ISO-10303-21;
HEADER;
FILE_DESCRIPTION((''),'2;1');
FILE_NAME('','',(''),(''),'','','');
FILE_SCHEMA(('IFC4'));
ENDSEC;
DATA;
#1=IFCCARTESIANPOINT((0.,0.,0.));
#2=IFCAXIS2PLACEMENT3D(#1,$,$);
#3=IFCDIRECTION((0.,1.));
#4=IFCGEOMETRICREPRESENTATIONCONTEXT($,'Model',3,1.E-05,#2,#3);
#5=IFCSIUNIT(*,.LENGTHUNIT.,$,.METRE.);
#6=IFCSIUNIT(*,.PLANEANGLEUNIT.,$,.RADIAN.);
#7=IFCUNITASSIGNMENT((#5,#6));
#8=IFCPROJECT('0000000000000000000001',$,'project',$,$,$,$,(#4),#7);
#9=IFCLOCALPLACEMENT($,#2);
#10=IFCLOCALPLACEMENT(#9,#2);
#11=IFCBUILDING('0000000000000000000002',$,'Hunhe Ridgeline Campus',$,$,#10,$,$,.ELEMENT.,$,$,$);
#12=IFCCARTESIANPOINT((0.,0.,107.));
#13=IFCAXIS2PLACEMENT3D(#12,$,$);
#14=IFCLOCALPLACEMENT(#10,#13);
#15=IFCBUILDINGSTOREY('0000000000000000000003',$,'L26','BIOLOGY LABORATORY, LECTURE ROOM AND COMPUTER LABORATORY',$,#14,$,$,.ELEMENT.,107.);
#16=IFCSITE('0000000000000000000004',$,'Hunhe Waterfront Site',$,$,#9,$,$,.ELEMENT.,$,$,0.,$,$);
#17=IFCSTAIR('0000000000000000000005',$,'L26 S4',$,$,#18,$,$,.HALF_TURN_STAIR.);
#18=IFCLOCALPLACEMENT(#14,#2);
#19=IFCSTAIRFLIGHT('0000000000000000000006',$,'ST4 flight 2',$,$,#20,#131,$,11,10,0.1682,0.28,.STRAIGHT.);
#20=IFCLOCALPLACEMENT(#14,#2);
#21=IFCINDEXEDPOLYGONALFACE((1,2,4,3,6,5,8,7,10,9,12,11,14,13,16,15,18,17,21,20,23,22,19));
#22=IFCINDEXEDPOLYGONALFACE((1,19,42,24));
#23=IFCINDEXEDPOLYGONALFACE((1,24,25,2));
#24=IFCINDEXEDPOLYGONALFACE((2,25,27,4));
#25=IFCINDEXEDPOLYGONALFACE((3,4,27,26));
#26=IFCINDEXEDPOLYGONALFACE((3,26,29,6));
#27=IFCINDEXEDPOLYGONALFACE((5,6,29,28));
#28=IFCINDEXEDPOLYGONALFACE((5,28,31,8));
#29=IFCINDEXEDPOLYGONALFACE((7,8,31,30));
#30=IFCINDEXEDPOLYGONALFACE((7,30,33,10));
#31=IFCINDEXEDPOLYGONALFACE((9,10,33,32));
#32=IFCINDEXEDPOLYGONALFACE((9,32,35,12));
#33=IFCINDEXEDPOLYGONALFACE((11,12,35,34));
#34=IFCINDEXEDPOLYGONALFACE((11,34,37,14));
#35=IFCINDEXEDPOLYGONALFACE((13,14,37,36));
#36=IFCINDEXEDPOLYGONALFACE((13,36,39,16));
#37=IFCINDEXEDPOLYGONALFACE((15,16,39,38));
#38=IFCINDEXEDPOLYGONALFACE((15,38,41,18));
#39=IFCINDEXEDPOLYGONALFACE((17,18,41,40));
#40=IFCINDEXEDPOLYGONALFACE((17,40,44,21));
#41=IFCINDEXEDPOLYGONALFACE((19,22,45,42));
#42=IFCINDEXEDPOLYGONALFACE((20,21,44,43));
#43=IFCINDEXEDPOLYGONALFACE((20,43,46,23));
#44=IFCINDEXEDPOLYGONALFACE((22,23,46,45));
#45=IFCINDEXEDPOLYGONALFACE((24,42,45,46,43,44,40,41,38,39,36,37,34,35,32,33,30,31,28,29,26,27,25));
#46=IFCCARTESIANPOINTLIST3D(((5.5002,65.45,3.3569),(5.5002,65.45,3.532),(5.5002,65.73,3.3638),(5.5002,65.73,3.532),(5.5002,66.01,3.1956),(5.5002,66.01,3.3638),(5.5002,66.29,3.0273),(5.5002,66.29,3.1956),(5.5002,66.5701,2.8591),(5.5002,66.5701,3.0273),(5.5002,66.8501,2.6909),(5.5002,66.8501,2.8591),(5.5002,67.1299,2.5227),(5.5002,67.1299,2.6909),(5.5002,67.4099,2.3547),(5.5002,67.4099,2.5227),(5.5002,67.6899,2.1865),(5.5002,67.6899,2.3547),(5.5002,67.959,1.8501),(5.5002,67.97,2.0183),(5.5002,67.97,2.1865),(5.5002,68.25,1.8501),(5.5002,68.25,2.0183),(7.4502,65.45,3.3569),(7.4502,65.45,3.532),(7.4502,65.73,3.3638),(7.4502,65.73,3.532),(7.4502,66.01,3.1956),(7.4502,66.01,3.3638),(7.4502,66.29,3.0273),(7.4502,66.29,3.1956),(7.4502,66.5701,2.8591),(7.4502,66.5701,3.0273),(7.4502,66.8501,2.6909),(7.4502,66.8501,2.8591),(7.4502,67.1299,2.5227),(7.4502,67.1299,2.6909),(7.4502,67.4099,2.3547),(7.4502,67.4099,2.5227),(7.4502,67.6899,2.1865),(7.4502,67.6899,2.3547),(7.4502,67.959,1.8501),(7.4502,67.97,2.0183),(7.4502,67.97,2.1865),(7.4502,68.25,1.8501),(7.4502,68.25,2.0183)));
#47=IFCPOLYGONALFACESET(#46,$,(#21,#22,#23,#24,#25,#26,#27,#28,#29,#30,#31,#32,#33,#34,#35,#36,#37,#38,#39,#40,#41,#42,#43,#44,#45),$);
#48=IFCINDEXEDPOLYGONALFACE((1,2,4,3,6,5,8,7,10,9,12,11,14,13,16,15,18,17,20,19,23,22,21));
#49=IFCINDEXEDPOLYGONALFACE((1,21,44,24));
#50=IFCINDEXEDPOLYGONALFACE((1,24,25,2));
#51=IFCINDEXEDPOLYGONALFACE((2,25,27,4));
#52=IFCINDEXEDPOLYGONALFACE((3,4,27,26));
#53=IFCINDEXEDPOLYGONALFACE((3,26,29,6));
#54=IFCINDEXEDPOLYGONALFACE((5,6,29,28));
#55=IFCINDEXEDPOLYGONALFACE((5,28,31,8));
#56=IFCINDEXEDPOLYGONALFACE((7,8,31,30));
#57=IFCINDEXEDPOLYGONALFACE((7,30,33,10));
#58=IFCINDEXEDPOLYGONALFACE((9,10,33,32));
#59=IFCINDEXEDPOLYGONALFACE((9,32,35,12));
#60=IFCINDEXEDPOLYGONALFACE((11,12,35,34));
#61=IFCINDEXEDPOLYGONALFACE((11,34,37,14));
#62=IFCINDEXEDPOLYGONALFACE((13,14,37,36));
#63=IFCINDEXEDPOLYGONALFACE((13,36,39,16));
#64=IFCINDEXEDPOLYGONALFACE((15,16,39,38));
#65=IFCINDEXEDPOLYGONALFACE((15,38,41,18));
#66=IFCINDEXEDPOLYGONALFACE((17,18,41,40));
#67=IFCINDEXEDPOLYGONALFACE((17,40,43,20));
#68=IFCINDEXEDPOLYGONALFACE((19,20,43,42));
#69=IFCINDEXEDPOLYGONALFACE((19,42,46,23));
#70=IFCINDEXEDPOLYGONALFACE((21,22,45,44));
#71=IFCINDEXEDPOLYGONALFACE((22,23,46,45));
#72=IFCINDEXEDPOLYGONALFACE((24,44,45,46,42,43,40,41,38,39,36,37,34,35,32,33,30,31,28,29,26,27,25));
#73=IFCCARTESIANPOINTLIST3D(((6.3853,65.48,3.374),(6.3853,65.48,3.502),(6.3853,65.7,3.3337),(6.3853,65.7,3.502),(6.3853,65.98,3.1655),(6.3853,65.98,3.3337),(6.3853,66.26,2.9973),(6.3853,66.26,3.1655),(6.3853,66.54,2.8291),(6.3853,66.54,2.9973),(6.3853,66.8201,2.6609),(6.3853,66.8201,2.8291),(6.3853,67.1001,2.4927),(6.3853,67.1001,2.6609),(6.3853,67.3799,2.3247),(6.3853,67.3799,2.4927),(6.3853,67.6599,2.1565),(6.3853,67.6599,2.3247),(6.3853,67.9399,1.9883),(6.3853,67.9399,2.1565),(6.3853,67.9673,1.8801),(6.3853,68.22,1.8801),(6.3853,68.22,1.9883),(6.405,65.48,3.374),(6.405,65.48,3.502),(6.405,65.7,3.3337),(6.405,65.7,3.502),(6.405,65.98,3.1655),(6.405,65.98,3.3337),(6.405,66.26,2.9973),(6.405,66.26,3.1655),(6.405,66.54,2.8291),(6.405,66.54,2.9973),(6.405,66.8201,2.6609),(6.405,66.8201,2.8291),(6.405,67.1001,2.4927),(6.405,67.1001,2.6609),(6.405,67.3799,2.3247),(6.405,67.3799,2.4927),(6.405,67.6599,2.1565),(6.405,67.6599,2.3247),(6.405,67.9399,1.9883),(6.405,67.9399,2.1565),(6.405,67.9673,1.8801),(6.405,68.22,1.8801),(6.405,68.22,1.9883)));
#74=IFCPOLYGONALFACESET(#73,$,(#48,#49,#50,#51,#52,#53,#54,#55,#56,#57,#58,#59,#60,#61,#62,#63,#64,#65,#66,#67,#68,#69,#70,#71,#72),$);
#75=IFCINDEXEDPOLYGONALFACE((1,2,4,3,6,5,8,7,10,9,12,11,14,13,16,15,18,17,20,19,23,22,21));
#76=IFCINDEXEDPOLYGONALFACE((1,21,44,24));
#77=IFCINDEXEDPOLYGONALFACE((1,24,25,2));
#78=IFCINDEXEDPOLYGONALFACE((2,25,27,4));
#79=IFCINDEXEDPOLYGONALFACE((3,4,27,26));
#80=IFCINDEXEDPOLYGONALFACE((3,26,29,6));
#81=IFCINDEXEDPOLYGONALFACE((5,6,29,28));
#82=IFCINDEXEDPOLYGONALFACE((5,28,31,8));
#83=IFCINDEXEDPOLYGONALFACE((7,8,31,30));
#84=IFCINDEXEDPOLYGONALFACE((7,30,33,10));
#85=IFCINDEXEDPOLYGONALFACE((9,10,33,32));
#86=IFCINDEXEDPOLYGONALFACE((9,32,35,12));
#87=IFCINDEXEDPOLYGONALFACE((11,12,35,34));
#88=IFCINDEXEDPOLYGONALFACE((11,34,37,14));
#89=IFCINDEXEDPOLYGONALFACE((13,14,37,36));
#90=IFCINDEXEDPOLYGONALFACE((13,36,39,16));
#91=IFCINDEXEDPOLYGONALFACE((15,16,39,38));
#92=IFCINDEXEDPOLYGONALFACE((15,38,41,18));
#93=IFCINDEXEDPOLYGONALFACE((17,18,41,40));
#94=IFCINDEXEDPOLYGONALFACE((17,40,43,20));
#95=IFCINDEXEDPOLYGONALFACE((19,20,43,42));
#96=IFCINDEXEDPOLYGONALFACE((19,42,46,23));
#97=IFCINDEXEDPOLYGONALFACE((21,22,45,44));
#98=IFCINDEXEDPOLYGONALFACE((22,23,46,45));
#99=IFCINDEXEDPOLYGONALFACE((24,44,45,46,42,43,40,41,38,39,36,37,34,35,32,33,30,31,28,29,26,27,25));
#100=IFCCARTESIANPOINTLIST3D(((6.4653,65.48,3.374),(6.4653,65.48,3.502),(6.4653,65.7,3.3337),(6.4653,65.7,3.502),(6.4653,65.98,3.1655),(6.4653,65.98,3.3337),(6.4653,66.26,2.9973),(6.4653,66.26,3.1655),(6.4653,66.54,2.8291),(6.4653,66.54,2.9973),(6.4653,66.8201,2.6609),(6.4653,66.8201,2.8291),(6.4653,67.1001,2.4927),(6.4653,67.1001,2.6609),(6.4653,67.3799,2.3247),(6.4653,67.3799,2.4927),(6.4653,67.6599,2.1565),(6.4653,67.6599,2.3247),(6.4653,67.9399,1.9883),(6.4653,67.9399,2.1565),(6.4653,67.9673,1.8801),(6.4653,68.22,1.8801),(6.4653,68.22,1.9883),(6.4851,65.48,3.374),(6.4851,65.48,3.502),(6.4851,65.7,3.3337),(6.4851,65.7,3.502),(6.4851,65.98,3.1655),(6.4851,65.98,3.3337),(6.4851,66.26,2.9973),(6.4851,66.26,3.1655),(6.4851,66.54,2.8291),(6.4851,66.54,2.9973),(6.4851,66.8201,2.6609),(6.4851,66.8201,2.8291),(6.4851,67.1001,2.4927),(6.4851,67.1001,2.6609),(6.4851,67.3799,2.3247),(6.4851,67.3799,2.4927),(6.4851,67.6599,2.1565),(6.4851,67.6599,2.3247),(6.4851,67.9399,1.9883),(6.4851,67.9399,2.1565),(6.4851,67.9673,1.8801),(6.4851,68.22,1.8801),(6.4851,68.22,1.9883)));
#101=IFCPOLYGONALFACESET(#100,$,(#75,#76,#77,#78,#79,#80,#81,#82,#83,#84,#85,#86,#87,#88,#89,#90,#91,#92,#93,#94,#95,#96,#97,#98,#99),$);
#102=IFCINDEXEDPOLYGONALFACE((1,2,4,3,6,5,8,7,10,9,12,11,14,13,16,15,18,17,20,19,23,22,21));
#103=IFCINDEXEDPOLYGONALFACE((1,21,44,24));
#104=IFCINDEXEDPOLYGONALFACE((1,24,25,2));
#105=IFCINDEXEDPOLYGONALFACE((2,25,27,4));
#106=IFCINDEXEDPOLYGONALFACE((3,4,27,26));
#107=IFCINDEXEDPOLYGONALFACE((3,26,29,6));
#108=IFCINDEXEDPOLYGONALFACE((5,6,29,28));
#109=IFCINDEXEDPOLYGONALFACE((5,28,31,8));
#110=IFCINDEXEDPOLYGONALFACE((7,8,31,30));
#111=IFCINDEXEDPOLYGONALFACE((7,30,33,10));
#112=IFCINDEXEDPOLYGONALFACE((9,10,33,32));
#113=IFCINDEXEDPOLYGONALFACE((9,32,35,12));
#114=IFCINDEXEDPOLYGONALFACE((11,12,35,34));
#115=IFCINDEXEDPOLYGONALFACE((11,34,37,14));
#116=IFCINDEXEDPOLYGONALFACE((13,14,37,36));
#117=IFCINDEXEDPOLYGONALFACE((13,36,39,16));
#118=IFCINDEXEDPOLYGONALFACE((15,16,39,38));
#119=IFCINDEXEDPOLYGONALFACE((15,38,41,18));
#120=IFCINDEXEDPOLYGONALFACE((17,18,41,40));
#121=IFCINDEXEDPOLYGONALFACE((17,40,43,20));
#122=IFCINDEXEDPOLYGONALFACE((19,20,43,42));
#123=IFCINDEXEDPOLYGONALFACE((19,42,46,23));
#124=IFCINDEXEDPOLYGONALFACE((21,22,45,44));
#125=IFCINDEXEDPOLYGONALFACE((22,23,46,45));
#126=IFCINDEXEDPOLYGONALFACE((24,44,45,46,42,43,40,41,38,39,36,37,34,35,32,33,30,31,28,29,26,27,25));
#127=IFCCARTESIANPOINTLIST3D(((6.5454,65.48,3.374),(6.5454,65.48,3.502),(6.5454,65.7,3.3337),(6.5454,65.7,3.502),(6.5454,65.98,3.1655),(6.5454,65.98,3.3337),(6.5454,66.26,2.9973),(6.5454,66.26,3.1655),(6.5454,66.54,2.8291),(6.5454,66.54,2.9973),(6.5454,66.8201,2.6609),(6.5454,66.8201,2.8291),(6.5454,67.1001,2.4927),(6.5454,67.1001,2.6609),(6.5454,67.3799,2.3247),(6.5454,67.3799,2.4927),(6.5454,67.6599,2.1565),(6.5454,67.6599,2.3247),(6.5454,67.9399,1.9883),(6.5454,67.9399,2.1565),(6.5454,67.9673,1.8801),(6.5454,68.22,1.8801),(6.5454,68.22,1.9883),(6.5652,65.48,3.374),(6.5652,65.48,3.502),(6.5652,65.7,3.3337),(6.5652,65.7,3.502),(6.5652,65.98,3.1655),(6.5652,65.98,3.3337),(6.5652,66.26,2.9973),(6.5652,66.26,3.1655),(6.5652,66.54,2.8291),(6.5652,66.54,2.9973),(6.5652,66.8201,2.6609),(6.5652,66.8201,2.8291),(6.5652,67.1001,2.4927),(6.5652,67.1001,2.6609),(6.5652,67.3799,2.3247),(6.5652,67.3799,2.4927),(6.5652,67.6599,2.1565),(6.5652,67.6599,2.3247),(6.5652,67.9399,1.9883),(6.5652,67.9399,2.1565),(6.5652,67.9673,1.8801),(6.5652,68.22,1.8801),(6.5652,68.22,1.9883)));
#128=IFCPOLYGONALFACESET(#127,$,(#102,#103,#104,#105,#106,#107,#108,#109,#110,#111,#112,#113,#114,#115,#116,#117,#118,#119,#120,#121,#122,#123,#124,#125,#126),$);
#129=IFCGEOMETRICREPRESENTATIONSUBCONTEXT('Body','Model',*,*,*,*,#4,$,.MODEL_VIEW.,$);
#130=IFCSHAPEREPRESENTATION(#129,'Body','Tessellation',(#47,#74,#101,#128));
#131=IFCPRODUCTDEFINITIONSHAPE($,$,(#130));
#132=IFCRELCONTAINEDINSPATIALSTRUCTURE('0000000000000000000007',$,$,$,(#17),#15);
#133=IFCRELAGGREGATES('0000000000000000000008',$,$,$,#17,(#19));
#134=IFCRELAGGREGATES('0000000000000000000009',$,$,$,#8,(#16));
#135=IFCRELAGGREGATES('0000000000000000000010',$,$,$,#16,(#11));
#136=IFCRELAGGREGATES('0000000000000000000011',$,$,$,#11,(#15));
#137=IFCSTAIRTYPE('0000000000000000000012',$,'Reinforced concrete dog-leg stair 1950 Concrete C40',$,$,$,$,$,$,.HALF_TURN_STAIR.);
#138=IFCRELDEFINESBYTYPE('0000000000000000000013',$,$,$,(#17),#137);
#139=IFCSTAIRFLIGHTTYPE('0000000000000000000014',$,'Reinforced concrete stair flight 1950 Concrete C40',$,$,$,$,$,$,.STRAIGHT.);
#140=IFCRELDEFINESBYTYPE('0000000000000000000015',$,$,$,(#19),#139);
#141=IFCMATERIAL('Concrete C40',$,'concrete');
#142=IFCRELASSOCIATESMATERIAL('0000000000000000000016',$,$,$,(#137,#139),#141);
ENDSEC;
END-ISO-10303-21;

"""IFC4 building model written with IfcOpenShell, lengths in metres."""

from ifc_helpers import new_model, si_unit, direction, frame, origin, place, context, subcontext, project, spatial, polyline, outline, extrude, material, type_object, element, aggregate, save


model = new_model("IFC4")

# Units and contexts
model_context = context("Model", 3, precision=1e-05, world=origin(), true_north=direction((0.0, 1.0)))
body_context = subcontext(model_context, "Body", "Model", "MODEL_VIEW")
ifc_project = project(units=[si_unit("LENGTHUNIT", "METRE"), si_unit("PLANEANGLEUNIT", "RADIAN")], contexts=[model_context])

# Site, building, storey
site_placement = place(None, origin())
site = spatial("IfcSite", under=ifc_project, at=site_placement, Name="Hunhe Waterfront Site", CompositionType="ELEMENT", RefElevation=0.0)
building_placement = place(site_placement, origin())
building = spatial("IfcBuilding", under=site, at=building_placement, Name="Hunhe Ridgeline Campus", CompositionType="ELEMENT")
storey_placement = place(building_placement, frame((0.0, 0.0, 107.0)))
storey = spatial("IfcBuildingStorey", under=building, at=storey_placement, Name="L26", Description="BIOLOGY LABORATORY, LECTURE ROOM AND COMPUTER LABORATORY", CompositionType="ELEMENT", Elevation=107.0)

# Shared definitions
ifc_material_1 = material(Name="Concrete C40", Category="concrete")
stair_type = type_object("IfcStairType", Name="Reinforced concrete dog-leg stair 1950 Concrete C40", PredefinedType="HALF_TURN_STAIR", material=ifc_material_1)
stair_flight_type = type_object("IfcStairFlightType", Name="Reinforced concrete stair flight 1950 Concrete C40", PredefinedType="STRAIGHT", material=ifc_material_1)

# Stair, stair flight
stair_1_placement = place(storey_placement, origin())
stair_1 = element("IfcStair", 1, at=stair_1_placement, inside=storey, type_object=stair_type, Name="L26 S4", PredefinedType="HALF_TURN_STAIR")
stair_flight_1_placement = place(storey_placement, frame((6.4751, 68.25, 1.8501), z_axis=(0.0, 0.0, 1.0), x_axis=(0.0, -1.0, 0.0)))
stair_flight_1 = element("IfcStairFlight", 2, at=stair_flight_1_placement, type_object=stair_flight_type, Name="ST4 flight 2", NumberOfRisers=11, NumberOfTreads=10, PredefinedType="STRAIGHT", RiserHeight=0.1682, TreadLength=0.28, context=body_context, shape_type="SweptSolid", body=[
    extrude(outline(polyline([(0.0, 0.0), (0.0, 0.1682), (0.28, 0.1682), (0.28, 0.3364), (0.5601, 0.3364), (0.5601, 0.5046), (0.8401, 0.5046), (0.8401, 0.6726), (1.1201, 0.6726), (1.1201, 0.8408), (1.3999, 0.8408), (1.3999, 1.009), (1.6799, 1.009), (1.6799, 1.1772), (1.96, 1.1772), (1.96, 1.3455), (2.24, 1.3455), (2.24, 1.5137), (2.52, 1.5137), (2.52, 1.6819), (2.8, 1.6819), (2.8, 1.8501), (2.8, 1.5068), (0.291, 0.0), (0.0, 0.0)])), frame((0.0, 0.9751, 0.0), z_axis=(0.0, -1.0, 0.0), x_axis=(1.0, 0.0, 0.0)), (0.0, 0.0, 1.0), 1.95),
    extrude(outline(polyline([(0.03, 0.03), (0.03, 0.1382), (0.3101, 0.1382), (0.3101, 0.3064), (0.5901, 0.3064), (0.5901, 0.4746), (0.8701, 0.4746), (0.8701, 0.6426), (1.1499, 0.6426), (1.1499, 0.8108), (1.4299, 0.8108), (1.4299, 0.979), (1.71, 0.979), (1.71, 1.1472), (1.99, 1.1472), (1.99, 1.3154), (2.27, 1.3154), (2.27, 1.4836), (2.55, 1.4836), (2.55, 1.6519), (2.77, 1.6519), (2.77, 1.5239), (0.2827, 0.03), (0.03, 0.03)])), frame((0.0, -0.0701, 0.0), z_axis=(0.0, -1.0, 0.0), x_axis=(1.0, 0.0, 0.0)), (0.0, 0.0, 1.0), 0.0198),
    extrude(outline(polyline([(0.03, 0.03), (0.03, 0.1382), (0.3101, 0.1382), (0.3101, 0.3064), (0.5901, 0.3064), (0.5901, 0.4746), (0.8701, 0.4746), (0.8701, 0.6426), (1.1499, 0.6426), (1.1499, 0.8108), (1.4299, 0.8108), (1.4299, 0.979), (1.71, 0.979), (1.71, 1.1472), (1.99, 1.1472), (1.99, 1.3154), (2.27, 1.3154), (2.27, 1.4836), (2.55, 1.4836), (2.55, 1.6519), (2.77, 1.6519), (2.77, 1.5239), (0.2827, 0.03), (0.03, 0.03)])), frame((0.0, 0.01, 0.0), z_axis=(0.0, -1.0, 0.0), x_axis=(1.0, 0.0, 0.0)), (0.0, 0.0, 1.0), 0.0198),
    extrude(outline(polyline([(0.03, 0.03), (0.03, 0.1382), (0.3101, 0.1382), (0.3101, 0.3064), (0.5901, 0.3064), (0.5901, 0.4746), (0.8701, 0.4746), (0.8701, 0.6426), (1.1499, 0.6426), (1.1499, 0.8108), (1.4299, 0.8108), (1.4299, 0.979), (1.71, 0.979), (1.71, 1.1472), (1.99, 1.1472), (1.99, 1.3154), (2.27, 1.3154), (2.27, 1.4836), (2.55, 1.4836), (2.55, 1.6519), (2.77, 1.6519), (2.77, 1.5239), (0.2827, 0.03), (0.03, 0.03)])), frame((0.0, 0.0901, 0.0), z_axis=(0.0, -1.0, 0.0), x_axis=(1.0, 0.0, 0.0)), (0.0, 0.0, 1.0), 0.0198),
])
aggregate(stair_1, [stair_flight_1])

save(model, "model.ifc")
